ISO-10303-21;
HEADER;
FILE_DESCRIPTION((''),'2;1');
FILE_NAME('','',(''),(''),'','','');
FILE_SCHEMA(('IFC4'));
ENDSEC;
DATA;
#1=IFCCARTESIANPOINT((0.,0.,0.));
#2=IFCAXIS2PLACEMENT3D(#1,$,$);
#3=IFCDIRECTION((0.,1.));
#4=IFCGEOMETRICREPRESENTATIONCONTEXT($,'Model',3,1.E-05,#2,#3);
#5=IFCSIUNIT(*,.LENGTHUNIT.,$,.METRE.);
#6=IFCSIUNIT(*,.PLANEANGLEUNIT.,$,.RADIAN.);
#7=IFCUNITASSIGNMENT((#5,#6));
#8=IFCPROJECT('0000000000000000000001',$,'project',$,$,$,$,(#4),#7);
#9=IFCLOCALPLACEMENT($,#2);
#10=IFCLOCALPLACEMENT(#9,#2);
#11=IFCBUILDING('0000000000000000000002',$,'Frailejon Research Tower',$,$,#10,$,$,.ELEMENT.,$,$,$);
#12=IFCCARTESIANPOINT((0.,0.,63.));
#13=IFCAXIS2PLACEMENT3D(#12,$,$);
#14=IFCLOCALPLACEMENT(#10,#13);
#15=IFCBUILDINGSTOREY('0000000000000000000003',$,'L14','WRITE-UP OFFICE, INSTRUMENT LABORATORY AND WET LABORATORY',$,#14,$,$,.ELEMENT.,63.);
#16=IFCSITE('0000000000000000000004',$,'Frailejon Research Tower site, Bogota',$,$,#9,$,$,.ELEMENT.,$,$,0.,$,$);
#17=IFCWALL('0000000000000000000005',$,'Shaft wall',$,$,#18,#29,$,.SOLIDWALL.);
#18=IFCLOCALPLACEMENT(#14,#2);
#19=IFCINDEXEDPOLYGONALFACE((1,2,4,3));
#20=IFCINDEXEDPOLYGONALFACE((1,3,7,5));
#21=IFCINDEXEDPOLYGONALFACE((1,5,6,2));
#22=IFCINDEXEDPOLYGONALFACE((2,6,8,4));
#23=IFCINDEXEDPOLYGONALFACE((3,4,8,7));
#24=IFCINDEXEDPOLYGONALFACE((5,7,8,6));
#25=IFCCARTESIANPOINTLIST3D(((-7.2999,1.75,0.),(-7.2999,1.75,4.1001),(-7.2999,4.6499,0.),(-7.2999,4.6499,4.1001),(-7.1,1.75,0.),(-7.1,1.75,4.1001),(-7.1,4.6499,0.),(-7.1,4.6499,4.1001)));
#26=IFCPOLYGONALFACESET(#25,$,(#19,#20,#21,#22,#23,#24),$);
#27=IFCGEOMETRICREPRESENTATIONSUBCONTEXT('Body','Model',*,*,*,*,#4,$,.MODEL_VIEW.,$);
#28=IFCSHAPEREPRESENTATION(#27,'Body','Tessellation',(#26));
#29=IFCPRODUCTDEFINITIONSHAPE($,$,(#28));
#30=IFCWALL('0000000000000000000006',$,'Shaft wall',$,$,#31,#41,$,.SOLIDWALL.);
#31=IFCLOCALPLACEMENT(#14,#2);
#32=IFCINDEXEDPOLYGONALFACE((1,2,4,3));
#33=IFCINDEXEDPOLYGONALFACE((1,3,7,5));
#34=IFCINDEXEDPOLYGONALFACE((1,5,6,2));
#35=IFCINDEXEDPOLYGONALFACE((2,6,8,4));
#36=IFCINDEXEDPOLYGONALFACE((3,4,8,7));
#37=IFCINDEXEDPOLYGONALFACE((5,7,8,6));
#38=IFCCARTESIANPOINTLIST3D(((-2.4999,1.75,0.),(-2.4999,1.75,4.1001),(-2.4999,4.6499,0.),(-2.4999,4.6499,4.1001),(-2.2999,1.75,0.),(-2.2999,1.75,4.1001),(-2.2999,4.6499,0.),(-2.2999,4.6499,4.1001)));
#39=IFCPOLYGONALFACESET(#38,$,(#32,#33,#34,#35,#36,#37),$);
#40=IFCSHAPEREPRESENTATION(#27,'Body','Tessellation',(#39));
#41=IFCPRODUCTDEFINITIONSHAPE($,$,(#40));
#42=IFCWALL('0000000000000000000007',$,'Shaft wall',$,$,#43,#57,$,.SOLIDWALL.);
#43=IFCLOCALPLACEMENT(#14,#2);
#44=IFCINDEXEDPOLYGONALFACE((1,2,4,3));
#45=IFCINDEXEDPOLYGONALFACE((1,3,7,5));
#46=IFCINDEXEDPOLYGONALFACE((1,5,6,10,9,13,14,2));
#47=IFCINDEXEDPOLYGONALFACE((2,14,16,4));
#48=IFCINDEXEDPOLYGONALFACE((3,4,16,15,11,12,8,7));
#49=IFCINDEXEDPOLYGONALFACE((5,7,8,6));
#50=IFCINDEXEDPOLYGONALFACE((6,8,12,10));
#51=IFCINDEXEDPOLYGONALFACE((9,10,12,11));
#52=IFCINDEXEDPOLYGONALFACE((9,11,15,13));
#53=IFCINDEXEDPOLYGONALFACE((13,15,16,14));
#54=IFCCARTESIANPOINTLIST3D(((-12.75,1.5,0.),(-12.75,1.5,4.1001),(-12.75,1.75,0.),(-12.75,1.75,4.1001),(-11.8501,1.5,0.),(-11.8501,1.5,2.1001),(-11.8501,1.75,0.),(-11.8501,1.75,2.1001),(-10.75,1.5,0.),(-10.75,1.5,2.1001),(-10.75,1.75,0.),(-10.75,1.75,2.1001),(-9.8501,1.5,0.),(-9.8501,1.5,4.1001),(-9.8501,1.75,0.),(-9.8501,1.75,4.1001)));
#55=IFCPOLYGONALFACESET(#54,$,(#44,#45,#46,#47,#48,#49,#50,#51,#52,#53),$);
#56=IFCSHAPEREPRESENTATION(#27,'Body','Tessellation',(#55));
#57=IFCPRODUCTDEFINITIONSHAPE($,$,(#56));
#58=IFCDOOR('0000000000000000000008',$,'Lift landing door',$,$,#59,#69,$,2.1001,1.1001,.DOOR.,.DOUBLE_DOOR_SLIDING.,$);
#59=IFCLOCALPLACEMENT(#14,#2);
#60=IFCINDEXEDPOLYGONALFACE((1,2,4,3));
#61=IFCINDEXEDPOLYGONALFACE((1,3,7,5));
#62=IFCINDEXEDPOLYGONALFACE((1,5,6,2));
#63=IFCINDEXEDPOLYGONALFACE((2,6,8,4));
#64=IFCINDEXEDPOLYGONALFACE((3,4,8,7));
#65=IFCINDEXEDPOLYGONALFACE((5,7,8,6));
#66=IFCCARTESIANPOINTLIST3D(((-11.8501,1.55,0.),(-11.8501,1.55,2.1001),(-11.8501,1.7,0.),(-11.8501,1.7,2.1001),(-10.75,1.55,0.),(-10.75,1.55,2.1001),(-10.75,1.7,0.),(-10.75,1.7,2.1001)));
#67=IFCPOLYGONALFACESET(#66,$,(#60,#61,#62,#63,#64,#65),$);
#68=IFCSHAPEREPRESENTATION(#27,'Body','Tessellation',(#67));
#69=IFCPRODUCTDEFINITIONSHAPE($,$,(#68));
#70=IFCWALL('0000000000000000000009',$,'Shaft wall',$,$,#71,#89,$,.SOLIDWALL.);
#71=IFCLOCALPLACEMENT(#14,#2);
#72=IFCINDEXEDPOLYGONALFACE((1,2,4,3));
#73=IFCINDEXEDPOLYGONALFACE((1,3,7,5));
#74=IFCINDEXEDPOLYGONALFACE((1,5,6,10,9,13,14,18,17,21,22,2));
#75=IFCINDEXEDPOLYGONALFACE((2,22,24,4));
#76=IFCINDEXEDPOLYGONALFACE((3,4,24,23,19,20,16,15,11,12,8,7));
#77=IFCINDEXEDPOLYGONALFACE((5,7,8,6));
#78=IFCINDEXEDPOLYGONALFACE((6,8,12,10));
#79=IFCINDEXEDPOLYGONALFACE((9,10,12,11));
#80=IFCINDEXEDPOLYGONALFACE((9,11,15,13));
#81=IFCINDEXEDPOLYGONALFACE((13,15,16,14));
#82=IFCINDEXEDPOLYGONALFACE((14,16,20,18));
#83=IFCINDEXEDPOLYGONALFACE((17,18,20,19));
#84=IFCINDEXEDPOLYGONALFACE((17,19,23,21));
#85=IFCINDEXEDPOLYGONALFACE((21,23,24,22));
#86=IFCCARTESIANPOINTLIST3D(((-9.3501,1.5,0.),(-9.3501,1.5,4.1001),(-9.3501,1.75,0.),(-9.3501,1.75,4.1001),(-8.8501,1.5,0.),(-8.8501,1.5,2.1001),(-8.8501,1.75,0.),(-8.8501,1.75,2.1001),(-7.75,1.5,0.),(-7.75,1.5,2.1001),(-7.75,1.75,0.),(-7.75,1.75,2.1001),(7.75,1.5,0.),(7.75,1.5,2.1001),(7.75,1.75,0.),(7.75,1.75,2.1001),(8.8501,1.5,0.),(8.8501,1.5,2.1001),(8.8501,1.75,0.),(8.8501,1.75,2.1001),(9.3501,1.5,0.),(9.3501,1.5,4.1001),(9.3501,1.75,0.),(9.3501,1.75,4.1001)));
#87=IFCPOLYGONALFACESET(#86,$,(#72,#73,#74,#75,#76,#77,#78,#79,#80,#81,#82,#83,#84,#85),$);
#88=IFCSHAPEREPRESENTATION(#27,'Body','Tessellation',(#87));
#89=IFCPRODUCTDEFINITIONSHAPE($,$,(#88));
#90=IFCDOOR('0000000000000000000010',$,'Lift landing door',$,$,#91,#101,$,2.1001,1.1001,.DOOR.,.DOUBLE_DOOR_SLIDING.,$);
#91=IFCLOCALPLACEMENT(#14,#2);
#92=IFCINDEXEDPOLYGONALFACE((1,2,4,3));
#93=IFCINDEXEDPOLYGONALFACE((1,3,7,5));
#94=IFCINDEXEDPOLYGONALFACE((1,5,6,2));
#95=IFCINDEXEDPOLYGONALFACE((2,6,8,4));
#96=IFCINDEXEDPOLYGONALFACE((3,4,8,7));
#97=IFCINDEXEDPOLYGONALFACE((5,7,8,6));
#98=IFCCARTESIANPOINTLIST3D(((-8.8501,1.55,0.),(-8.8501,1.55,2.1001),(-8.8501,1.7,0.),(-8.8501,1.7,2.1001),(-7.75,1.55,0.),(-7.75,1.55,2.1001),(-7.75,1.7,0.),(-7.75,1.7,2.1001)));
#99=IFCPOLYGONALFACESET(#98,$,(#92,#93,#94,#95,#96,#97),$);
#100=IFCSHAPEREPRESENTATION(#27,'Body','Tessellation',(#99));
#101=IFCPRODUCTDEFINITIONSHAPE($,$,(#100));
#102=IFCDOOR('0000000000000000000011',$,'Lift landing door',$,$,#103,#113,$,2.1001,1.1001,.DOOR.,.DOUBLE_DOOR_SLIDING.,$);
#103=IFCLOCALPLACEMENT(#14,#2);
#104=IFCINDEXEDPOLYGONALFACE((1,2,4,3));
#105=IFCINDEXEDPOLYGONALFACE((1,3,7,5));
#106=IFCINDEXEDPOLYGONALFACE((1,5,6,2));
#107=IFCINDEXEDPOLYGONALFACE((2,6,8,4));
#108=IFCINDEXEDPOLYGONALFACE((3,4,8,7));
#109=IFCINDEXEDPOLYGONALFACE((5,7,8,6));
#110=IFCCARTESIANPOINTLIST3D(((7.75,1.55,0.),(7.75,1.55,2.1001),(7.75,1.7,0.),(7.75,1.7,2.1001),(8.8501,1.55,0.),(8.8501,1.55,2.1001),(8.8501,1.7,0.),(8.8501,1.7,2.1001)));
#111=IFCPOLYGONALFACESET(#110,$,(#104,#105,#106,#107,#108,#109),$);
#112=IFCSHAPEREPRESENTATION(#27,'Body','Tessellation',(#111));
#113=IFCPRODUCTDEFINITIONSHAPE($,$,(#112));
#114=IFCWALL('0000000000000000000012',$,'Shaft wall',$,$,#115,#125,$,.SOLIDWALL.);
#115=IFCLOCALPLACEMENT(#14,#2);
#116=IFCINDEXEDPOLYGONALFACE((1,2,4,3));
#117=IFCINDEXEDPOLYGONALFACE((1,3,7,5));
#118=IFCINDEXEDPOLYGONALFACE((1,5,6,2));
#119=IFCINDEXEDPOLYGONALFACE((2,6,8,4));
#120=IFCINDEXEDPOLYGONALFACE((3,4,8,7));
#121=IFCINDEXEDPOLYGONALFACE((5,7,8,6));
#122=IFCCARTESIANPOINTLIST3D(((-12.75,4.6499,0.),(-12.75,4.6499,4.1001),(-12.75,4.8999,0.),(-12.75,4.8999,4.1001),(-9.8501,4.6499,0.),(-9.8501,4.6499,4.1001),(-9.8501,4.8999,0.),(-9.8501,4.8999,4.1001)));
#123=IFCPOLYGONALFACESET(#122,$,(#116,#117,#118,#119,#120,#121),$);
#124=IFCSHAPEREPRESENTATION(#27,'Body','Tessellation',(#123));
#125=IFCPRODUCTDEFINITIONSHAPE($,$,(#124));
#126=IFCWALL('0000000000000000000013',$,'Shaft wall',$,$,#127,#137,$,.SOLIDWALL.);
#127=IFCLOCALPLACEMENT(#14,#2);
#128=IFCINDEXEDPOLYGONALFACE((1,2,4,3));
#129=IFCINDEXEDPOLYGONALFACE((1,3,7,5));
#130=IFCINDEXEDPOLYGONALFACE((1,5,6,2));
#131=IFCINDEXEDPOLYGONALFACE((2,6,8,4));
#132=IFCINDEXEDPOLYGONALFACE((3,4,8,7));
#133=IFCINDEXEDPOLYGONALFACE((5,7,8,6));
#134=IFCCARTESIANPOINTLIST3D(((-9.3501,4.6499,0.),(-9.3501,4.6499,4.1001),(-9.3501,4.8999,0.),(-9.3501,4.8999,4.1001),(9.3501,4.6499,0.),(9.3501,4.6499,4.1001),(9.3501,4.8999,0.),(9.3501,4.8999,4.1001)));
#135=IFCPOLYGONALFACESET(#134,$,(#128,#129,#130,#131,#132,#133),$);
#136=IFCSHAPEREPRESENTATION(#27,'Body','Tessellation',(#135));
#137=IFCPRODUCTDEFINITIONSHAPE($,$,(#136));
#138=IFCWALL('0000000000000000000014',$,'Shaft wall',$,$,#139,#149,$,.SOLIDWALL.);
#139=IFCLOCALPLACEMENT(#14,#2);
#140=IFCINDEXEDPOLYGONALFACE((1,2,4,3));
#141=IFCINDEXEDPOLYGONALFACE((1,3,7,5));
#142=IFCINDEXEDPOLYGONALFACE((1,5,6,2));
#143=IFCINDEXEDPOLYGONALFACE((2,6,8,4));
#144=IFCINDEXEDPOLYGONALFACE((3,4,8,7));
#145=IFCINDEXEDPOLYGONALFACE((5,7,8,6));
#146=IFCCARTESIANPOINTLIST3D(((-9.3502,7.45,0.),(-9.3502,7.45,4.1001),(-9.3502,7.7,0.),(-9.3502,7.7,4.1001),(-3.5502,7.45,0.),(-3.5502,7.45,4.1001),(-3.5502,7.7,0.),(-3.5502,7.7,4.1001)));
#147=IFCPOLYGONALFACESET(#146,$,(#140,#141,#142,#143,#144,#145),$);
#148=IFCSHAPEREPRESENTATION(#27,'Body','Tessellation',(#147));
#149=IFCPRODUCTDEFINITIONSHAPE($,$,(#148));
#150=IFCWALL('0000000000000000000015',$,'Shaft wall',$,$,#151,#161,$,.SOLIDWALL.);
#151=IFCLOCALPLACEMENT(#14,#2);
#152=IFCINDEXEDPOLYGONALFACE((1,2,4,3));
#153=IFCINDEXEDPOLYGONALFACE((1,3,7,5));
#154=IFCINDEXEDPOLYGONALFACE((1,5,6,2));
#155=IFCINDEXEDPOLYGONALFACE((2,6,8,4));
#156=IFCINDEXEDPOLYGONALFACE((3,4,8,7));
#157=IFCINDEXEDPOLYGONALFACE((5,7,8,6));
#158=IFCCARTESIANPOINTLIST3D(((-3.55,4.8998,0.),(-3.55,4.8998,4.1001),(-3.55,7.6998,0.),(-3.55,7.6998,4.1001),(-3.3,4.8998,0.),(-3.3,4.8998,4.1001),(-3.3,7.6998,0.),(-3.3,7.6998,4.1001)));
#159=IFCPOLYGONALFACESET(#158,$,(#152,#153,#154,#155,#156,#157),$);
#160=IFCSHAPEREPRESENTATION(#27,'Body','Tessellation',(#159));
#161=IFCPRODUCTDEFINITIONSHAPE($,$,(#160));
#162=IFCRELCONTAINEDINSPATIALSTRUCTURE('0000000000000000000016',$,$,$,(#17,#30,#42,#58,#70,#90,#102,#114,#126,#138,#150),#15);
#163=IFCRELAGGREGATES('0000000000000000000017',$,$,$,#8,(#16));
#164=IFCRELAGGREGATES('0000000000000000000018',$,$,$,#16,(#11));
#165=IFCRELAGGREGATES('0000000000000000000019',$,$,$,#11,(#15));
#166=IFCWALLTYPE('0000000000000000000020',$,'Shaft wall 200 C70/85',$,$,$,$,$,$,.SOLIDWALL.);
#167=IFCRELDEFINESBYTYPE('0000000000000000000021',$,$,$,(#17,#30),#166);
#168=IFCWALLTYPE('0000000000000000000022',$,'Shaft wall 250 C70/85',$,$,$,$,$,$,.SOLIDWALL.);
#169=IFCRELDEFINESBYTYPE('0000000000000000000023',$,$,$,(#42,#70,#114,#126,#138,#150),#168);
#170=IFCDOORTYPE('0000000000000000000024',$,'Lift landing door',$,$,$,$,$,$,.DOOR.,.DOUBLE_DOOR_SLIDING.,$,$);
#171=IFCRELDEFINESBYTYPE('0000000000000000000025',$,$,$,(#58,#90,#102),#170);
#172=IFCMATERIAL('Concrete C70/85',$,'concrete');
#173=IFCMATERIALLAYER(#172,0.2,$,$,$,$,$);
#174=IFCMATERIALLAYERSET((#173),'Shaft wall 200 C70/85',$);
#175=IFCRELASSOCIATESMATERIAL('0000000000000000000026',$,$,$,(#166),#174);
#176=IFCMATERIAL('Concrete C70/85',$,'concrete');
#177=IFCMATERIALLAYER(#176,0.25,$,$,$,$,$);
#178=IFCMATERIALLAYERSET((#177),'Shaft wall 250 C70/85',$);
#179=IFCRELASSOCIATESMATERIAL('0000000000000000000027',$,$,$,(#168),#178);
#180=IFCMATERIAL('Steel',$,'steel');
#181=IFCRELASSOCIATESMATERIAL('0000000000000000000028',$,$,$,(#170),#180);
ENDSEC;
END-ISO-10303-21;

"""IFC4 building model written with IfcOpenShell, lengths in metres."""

from ifc_helpers import new_model, si_unit, direction, frame, frame_2d, origin, place, context, subcontext, project, spatial, rectangle, extrude, material, layer, layer_set, type_object, element, fill, save


model = new_model("IFC4")

# Units and contexts
model_context = context("Model", 3, precision=1e-05, world=origin(), true_north=direction((0.0, 1.0)))
body_context = subcontext(model_context, "Body", "Model", "MODEL_VIEW")
ifc_project = project(units=[si_unit("LENGTHUNIT", "METRE"), si_unit("PLANEANGLEUNIT", "RADIAN")], contexts=[model_context])

# Site, building, storey
site_placement = place(None, origin())
site = spatial("IfcSite", under=ifc_project, at=site_placement, Name="Frailejon Research Tower site, Bogota", CompositionType="ELEMENT", RefElevation=0.0)
building_placement = place(site_placement, origin())
building = spatial("IfcBuilding", under=site, at=building_placement, Name="Frailejon Research Tower", CompositionType="ELEMENT")
storey_placement = place(building_placement, frame((0.0, 0.0, 63.0)))
storey = spatial("IfcBuildingStorey", under=building, at=storey_placement, Name="L14", Description="WRITE-UP OFFICE, INSTRUMENT LABORATORY AND WET LABORATORY", CompositionType="ELEMENT", Elevation=63.0)

# Walls
ifc_material_1 = material(Name="Concrete C70/85", Category="concrete")
ifc_layer_1 = layer(ifc_material_1, 0.2)
ifc_layer_set_1 = layer_set([ifc_layer_1], Name="Shaft wall 200 C70/85")
wall_type_1 = type_object("IfcWallType", Name="Shaft wall 200 C70/85", PredefinedType="SOLIDWALL", material=ifc_layer_set_1)
for number, where, z_axis, x_axis, name in (
    (1, (-7.2, 1.75, 0.0), (0.0, 0.0, 1.0), (0.0, 1.0, 0.0), "Shaft wall"),
    (2, (-2.3999, 1.75, 0.0), (0.0, 0.0, 1.0), (0.0, 1.0, 0.0), "Shaft wall"),
):
    element("IfcWall", number, at=place(storey_placement, frame(where, z_axis=z_axis, x_axis=x_axis)), inside=storey, type_object=wall_type_1, Name=name, PredefinedType="SOLIDWALL", context=body_context, shape_type="SweptSolid", body=[
        extrude(rectangle(XDim=2.8999, YDim=0.2, at=frame_2d((1.45, 0.0))), origin(), (0.0, 0.0, 1.0), 4.1001),
    ])

# Wall, opening, door
ifc_material_2 = material(Name="Concrete C70/85", Category="concrete")
ifc_layer_2 = layer(ifc_material_2, 0.25)
ifc_layer_set_2 = layer_set([ifc_layer_2], Name="Shaft wall 250 C70/85")
wall_type_2 = type_object("IfcWallType", Name="Shaft wall 250 C70/85", PredefinedType="SOLIDWALL", material=ifc_layer_set_2)
wall_1_placement = place(storey_placement, frame((-12.75, 1.625, 0.0), z_axis=(0.0, 0.0, 1.0), x_axis=(1.0, 0.0, 0.0)))
wall_1 = element("IfcWall", 3, at=wall_1_placement, inside=storey, type_object=wall_type_2, Name="Shaft wall", PredefinedType="SOLIDWALL", context=body_context, shape_type="SweptSolid", body=[
    extrude(rectangle(XDim=2.8999, YDim=0.25, at=frame_2d((1.45, 0.0))), origin(), (0.0, 0.0, 1.0), 4.1001),
])
opening_1_placement = place(wall_1_placement, frame((0.8999, 0.0, 0.0)))
opening_1 = element("IfcOpeningElement", 4, at=opening_1_placement, cuts=wall_1, PredefinedType="OPENING", context=body_context, shape_type="SweptSolid", body=[
    extrude(rectangle(XDim=1.1001, YDim=2.1001, at=frame_2d((0.55, 1.05))), frame((0.0, 0.135, 0.0), z_axis=(0.0, -1.0, 0.0), x_axis=(1.0, 0.0, 0.0)), (0.0, 0.0, 1.0), 0.27),
])
ifc_material_3 = material(Name="Steel", Category="steel")
door_type_1 = type_object("IfcDoorType", Name="Lift landing door", OperationType="DOUBLE_DOOR_SLIDING", PredefinedType="DOOR", material=ifc_material_3)
door_1_placement = place(opening_1_placement, origin())
door_1 = element("IfcDoor", 5, at=door_1_placement, inside=storey, type_object=door_type_1, Name="Lift landing door", OperationType="DOUBLE_DOOR_SLIDING", OverallHeight=2.1001, OverallWidth=1.1001, PredefinedType="DOOR", context=body_context, shape_type="SweptSolid", body=[
    extrude(rectangle(XDim=1.1001, YDim=2.1001, at=frame_2d((0.55, 1.05))), frame((0.0, 0.075, 0.0), z_axis=(0.0, -1.0, 0.0), x_axis=(1.0, 0.0, 0.0)), (0.0, 0.0, 1.0), 0.1499),
])
fill(opening_1, door_1)

# Wall, openings, doors
wall_2_placement = place(storey_placement, frame((-9.3501, 1.625, 0.0), z_axis=(0.0, 0.0, 1.0), x_axis=(1.0, 0.0, 0.0)))
wall_2 = element("IfcWall", 6, at=wall_2_placement, inside=storey, type_object=wall_type_2, Name="Shaft wall", PredefinedType="SOLIDWALL", context=body_context, shape_type="SweptSolid", body=[
    extrude(rectangle(XDim=18.7002, YDim=0.25, at=frame_2d((9.3501, 0.0))), origin(), (0.0, 0.0, 1.0), 4.1001),
])
opening_2_placement = place(wall_2_placement, frame((0.5, 0.0, 0.0)))
opening_2 = element("IfcOpeningElement", 7, at=opening_2_placement, cuts=wall_2, PredefinedType="OPENING", context=body_context, shape_type="SweptSolid", body=[
    extrude(rectangle(XDim=1.1001, YDim=2.1001, at=frame_2d((0.55, 1.05))), frame((0.0, 0.135, 0.0), z_axis=(0.0, -1.0, 0.0), x_axis=(1.0, 0.0, 0.0)), (0.0, 0.0, 1.0), 0.27),
])
opening_3_placement = place(wall_2_placement, frame((17.1001, 0.0, 0.0)))
opening_3 = element("IfcOpeningElement", 8, at=opening_3_placement, cuts=wall_2, PredefinedType="OPENING", context=body_context, shape_type="SweptSolid", body=[
    extrude(rectangle(XDim=1.1001, YDim=2.1001, at=frame_2d((0.55, 1.05))), frame((0.0, 0.135, 0.0), z_axis=(0.0, -1.0, 0.0), x_axis=(1.0, 0.0, 0.0)), (0.0, 0.0, 1.0), 0.27),
])
door_2_placement = place(opening_2_placement, origin())
door_2 = element("IfcDoor", 9, at=door_2_placement, inside=storey, type_object=door_type_1, Name="Lift landing door", OperationType="DOUBLE_DOOR_SLIDING", OverallHeight=2.1001, OverallWidth=1.1001, PredefinedType="DOOR", context=body_context, shape_type="SweptSolid", body=[
    extrude(rectangle(XDim=1.1001, YDim=2.1001, at=frame_2d((0.55, 1.05))), frame((0.0, 0.075, 0.0), z_axis=(0.0, -1.0, 0.0), x_axis=(1.0, 0.0, 0.0)), (0.0, 0.0, 1.0), 0.1499),
])
fill(opening_2, door_2)
door_3_placement = place(opening_3_placement, origin())
door_3 = element("IfcDoor", 10, at=door_3_placement, inside=storey, type_object=door_type_1, Name="Lift landing door", OperationType="DOUBLE_DOOR_SLIDING", OverallHeight=2.1001, OverallWidth=1.1001, PredefinedType="DOOR", context=body_context, shape_type="SweptSolid", body=[
    extrude(rectangle(XDim=1.1001, YDim=2.1001, at=frame_2d((0.55, 1.05))), frame((0.0, 0.075, 0.0), z_axis=(0.0, -1.0, 0.0), x_axis=(1.0, 0.0, 0.0)), (0.0, 0.0, 1.0), 0.1499),
])
fill(opening_3, door_3)

# Walls
wall_3_placement = place(storey_placement, frame((-12.75, 4.7749, 0.0), z_axis=(0.0, 0.0, 1.0), x_axis=(1.0, 0.0, 0.0)))
element("IfcWall", 11, at=wall_3_placement, inside=storey, type_object=wall_type_2, Name="Shaft wall", PredefinedType="SOLIDWALL", context=body_context, shape_type="SweptSolid", body=[
    extrude(rectangle(XDim=2.8999, YDim=0.25, at=frame_2d((1.45, 0.0))), origin(), (0.0, 0.0, 1.0), 4.1001),
])
wall_4_placement = place(storey_placement, frame((-9.3501, 4.7749, 0.0), z_axis=(0.0, 0.0, 1.0), x_axis=(1.0, 0.0, 0.0)))
element("IfcWall", 12, at=wall_4_placement, inside=storey, type_object=wall_type_2, Name="Shaft wall", PredefinedType="SOLIDWALL", context=body_context, shape_type="SweptSolid", body=[
    extrude(rectangle(XDim=18.7002, YDim=0.25, at=frame_2d((9.3501, 0.0))), origin(), (0.0, 0.0, 1.0), 4.1001),
])
wall_5_placement = place(storey_placement, frame((-9.3501, 7.575, 0.0), z_axis=(0.0, 0.0, 1.0), x_axis=(1.0, 0.0, 0.0)))
element("IfcWall", 13, at=wall_5_placement, inside=storey, type_object=wall_type_2, Name="Shaft wall", PredefinedType="SOLIDWALL", context=body_context, shape_type="SweptSolid", body=[
    extrude(rectangle(XDim=5.8, YDim=0.25, at=frame_2d((2.8999, 0.0))), origin(), (0.0, 0.0, 1.0), 4.1001),
])
wall_6_placement = place(storey_placement, frame((-3.425, 4.8999, 0.0), z_axis=(0.0, 0.0, 1.0), x_axis=(0.0, 1.0, 0.0)))
element("IfcWall", 14, at=wall_6_placement, inside=storey, type_object=wall_type_2, Name="Shaft wall", PredefinedType="SOLIDWALL", context=body_context, shape_type="SweptSolid", body=[
    extrude(rectangle(XDim=2.8, YDim=0.25, at=frame_2d((1.3999, 0.0))), origin(), (0.0, 0.0, 1.0), 4.1001),
])

save(model, "model.ifc")
